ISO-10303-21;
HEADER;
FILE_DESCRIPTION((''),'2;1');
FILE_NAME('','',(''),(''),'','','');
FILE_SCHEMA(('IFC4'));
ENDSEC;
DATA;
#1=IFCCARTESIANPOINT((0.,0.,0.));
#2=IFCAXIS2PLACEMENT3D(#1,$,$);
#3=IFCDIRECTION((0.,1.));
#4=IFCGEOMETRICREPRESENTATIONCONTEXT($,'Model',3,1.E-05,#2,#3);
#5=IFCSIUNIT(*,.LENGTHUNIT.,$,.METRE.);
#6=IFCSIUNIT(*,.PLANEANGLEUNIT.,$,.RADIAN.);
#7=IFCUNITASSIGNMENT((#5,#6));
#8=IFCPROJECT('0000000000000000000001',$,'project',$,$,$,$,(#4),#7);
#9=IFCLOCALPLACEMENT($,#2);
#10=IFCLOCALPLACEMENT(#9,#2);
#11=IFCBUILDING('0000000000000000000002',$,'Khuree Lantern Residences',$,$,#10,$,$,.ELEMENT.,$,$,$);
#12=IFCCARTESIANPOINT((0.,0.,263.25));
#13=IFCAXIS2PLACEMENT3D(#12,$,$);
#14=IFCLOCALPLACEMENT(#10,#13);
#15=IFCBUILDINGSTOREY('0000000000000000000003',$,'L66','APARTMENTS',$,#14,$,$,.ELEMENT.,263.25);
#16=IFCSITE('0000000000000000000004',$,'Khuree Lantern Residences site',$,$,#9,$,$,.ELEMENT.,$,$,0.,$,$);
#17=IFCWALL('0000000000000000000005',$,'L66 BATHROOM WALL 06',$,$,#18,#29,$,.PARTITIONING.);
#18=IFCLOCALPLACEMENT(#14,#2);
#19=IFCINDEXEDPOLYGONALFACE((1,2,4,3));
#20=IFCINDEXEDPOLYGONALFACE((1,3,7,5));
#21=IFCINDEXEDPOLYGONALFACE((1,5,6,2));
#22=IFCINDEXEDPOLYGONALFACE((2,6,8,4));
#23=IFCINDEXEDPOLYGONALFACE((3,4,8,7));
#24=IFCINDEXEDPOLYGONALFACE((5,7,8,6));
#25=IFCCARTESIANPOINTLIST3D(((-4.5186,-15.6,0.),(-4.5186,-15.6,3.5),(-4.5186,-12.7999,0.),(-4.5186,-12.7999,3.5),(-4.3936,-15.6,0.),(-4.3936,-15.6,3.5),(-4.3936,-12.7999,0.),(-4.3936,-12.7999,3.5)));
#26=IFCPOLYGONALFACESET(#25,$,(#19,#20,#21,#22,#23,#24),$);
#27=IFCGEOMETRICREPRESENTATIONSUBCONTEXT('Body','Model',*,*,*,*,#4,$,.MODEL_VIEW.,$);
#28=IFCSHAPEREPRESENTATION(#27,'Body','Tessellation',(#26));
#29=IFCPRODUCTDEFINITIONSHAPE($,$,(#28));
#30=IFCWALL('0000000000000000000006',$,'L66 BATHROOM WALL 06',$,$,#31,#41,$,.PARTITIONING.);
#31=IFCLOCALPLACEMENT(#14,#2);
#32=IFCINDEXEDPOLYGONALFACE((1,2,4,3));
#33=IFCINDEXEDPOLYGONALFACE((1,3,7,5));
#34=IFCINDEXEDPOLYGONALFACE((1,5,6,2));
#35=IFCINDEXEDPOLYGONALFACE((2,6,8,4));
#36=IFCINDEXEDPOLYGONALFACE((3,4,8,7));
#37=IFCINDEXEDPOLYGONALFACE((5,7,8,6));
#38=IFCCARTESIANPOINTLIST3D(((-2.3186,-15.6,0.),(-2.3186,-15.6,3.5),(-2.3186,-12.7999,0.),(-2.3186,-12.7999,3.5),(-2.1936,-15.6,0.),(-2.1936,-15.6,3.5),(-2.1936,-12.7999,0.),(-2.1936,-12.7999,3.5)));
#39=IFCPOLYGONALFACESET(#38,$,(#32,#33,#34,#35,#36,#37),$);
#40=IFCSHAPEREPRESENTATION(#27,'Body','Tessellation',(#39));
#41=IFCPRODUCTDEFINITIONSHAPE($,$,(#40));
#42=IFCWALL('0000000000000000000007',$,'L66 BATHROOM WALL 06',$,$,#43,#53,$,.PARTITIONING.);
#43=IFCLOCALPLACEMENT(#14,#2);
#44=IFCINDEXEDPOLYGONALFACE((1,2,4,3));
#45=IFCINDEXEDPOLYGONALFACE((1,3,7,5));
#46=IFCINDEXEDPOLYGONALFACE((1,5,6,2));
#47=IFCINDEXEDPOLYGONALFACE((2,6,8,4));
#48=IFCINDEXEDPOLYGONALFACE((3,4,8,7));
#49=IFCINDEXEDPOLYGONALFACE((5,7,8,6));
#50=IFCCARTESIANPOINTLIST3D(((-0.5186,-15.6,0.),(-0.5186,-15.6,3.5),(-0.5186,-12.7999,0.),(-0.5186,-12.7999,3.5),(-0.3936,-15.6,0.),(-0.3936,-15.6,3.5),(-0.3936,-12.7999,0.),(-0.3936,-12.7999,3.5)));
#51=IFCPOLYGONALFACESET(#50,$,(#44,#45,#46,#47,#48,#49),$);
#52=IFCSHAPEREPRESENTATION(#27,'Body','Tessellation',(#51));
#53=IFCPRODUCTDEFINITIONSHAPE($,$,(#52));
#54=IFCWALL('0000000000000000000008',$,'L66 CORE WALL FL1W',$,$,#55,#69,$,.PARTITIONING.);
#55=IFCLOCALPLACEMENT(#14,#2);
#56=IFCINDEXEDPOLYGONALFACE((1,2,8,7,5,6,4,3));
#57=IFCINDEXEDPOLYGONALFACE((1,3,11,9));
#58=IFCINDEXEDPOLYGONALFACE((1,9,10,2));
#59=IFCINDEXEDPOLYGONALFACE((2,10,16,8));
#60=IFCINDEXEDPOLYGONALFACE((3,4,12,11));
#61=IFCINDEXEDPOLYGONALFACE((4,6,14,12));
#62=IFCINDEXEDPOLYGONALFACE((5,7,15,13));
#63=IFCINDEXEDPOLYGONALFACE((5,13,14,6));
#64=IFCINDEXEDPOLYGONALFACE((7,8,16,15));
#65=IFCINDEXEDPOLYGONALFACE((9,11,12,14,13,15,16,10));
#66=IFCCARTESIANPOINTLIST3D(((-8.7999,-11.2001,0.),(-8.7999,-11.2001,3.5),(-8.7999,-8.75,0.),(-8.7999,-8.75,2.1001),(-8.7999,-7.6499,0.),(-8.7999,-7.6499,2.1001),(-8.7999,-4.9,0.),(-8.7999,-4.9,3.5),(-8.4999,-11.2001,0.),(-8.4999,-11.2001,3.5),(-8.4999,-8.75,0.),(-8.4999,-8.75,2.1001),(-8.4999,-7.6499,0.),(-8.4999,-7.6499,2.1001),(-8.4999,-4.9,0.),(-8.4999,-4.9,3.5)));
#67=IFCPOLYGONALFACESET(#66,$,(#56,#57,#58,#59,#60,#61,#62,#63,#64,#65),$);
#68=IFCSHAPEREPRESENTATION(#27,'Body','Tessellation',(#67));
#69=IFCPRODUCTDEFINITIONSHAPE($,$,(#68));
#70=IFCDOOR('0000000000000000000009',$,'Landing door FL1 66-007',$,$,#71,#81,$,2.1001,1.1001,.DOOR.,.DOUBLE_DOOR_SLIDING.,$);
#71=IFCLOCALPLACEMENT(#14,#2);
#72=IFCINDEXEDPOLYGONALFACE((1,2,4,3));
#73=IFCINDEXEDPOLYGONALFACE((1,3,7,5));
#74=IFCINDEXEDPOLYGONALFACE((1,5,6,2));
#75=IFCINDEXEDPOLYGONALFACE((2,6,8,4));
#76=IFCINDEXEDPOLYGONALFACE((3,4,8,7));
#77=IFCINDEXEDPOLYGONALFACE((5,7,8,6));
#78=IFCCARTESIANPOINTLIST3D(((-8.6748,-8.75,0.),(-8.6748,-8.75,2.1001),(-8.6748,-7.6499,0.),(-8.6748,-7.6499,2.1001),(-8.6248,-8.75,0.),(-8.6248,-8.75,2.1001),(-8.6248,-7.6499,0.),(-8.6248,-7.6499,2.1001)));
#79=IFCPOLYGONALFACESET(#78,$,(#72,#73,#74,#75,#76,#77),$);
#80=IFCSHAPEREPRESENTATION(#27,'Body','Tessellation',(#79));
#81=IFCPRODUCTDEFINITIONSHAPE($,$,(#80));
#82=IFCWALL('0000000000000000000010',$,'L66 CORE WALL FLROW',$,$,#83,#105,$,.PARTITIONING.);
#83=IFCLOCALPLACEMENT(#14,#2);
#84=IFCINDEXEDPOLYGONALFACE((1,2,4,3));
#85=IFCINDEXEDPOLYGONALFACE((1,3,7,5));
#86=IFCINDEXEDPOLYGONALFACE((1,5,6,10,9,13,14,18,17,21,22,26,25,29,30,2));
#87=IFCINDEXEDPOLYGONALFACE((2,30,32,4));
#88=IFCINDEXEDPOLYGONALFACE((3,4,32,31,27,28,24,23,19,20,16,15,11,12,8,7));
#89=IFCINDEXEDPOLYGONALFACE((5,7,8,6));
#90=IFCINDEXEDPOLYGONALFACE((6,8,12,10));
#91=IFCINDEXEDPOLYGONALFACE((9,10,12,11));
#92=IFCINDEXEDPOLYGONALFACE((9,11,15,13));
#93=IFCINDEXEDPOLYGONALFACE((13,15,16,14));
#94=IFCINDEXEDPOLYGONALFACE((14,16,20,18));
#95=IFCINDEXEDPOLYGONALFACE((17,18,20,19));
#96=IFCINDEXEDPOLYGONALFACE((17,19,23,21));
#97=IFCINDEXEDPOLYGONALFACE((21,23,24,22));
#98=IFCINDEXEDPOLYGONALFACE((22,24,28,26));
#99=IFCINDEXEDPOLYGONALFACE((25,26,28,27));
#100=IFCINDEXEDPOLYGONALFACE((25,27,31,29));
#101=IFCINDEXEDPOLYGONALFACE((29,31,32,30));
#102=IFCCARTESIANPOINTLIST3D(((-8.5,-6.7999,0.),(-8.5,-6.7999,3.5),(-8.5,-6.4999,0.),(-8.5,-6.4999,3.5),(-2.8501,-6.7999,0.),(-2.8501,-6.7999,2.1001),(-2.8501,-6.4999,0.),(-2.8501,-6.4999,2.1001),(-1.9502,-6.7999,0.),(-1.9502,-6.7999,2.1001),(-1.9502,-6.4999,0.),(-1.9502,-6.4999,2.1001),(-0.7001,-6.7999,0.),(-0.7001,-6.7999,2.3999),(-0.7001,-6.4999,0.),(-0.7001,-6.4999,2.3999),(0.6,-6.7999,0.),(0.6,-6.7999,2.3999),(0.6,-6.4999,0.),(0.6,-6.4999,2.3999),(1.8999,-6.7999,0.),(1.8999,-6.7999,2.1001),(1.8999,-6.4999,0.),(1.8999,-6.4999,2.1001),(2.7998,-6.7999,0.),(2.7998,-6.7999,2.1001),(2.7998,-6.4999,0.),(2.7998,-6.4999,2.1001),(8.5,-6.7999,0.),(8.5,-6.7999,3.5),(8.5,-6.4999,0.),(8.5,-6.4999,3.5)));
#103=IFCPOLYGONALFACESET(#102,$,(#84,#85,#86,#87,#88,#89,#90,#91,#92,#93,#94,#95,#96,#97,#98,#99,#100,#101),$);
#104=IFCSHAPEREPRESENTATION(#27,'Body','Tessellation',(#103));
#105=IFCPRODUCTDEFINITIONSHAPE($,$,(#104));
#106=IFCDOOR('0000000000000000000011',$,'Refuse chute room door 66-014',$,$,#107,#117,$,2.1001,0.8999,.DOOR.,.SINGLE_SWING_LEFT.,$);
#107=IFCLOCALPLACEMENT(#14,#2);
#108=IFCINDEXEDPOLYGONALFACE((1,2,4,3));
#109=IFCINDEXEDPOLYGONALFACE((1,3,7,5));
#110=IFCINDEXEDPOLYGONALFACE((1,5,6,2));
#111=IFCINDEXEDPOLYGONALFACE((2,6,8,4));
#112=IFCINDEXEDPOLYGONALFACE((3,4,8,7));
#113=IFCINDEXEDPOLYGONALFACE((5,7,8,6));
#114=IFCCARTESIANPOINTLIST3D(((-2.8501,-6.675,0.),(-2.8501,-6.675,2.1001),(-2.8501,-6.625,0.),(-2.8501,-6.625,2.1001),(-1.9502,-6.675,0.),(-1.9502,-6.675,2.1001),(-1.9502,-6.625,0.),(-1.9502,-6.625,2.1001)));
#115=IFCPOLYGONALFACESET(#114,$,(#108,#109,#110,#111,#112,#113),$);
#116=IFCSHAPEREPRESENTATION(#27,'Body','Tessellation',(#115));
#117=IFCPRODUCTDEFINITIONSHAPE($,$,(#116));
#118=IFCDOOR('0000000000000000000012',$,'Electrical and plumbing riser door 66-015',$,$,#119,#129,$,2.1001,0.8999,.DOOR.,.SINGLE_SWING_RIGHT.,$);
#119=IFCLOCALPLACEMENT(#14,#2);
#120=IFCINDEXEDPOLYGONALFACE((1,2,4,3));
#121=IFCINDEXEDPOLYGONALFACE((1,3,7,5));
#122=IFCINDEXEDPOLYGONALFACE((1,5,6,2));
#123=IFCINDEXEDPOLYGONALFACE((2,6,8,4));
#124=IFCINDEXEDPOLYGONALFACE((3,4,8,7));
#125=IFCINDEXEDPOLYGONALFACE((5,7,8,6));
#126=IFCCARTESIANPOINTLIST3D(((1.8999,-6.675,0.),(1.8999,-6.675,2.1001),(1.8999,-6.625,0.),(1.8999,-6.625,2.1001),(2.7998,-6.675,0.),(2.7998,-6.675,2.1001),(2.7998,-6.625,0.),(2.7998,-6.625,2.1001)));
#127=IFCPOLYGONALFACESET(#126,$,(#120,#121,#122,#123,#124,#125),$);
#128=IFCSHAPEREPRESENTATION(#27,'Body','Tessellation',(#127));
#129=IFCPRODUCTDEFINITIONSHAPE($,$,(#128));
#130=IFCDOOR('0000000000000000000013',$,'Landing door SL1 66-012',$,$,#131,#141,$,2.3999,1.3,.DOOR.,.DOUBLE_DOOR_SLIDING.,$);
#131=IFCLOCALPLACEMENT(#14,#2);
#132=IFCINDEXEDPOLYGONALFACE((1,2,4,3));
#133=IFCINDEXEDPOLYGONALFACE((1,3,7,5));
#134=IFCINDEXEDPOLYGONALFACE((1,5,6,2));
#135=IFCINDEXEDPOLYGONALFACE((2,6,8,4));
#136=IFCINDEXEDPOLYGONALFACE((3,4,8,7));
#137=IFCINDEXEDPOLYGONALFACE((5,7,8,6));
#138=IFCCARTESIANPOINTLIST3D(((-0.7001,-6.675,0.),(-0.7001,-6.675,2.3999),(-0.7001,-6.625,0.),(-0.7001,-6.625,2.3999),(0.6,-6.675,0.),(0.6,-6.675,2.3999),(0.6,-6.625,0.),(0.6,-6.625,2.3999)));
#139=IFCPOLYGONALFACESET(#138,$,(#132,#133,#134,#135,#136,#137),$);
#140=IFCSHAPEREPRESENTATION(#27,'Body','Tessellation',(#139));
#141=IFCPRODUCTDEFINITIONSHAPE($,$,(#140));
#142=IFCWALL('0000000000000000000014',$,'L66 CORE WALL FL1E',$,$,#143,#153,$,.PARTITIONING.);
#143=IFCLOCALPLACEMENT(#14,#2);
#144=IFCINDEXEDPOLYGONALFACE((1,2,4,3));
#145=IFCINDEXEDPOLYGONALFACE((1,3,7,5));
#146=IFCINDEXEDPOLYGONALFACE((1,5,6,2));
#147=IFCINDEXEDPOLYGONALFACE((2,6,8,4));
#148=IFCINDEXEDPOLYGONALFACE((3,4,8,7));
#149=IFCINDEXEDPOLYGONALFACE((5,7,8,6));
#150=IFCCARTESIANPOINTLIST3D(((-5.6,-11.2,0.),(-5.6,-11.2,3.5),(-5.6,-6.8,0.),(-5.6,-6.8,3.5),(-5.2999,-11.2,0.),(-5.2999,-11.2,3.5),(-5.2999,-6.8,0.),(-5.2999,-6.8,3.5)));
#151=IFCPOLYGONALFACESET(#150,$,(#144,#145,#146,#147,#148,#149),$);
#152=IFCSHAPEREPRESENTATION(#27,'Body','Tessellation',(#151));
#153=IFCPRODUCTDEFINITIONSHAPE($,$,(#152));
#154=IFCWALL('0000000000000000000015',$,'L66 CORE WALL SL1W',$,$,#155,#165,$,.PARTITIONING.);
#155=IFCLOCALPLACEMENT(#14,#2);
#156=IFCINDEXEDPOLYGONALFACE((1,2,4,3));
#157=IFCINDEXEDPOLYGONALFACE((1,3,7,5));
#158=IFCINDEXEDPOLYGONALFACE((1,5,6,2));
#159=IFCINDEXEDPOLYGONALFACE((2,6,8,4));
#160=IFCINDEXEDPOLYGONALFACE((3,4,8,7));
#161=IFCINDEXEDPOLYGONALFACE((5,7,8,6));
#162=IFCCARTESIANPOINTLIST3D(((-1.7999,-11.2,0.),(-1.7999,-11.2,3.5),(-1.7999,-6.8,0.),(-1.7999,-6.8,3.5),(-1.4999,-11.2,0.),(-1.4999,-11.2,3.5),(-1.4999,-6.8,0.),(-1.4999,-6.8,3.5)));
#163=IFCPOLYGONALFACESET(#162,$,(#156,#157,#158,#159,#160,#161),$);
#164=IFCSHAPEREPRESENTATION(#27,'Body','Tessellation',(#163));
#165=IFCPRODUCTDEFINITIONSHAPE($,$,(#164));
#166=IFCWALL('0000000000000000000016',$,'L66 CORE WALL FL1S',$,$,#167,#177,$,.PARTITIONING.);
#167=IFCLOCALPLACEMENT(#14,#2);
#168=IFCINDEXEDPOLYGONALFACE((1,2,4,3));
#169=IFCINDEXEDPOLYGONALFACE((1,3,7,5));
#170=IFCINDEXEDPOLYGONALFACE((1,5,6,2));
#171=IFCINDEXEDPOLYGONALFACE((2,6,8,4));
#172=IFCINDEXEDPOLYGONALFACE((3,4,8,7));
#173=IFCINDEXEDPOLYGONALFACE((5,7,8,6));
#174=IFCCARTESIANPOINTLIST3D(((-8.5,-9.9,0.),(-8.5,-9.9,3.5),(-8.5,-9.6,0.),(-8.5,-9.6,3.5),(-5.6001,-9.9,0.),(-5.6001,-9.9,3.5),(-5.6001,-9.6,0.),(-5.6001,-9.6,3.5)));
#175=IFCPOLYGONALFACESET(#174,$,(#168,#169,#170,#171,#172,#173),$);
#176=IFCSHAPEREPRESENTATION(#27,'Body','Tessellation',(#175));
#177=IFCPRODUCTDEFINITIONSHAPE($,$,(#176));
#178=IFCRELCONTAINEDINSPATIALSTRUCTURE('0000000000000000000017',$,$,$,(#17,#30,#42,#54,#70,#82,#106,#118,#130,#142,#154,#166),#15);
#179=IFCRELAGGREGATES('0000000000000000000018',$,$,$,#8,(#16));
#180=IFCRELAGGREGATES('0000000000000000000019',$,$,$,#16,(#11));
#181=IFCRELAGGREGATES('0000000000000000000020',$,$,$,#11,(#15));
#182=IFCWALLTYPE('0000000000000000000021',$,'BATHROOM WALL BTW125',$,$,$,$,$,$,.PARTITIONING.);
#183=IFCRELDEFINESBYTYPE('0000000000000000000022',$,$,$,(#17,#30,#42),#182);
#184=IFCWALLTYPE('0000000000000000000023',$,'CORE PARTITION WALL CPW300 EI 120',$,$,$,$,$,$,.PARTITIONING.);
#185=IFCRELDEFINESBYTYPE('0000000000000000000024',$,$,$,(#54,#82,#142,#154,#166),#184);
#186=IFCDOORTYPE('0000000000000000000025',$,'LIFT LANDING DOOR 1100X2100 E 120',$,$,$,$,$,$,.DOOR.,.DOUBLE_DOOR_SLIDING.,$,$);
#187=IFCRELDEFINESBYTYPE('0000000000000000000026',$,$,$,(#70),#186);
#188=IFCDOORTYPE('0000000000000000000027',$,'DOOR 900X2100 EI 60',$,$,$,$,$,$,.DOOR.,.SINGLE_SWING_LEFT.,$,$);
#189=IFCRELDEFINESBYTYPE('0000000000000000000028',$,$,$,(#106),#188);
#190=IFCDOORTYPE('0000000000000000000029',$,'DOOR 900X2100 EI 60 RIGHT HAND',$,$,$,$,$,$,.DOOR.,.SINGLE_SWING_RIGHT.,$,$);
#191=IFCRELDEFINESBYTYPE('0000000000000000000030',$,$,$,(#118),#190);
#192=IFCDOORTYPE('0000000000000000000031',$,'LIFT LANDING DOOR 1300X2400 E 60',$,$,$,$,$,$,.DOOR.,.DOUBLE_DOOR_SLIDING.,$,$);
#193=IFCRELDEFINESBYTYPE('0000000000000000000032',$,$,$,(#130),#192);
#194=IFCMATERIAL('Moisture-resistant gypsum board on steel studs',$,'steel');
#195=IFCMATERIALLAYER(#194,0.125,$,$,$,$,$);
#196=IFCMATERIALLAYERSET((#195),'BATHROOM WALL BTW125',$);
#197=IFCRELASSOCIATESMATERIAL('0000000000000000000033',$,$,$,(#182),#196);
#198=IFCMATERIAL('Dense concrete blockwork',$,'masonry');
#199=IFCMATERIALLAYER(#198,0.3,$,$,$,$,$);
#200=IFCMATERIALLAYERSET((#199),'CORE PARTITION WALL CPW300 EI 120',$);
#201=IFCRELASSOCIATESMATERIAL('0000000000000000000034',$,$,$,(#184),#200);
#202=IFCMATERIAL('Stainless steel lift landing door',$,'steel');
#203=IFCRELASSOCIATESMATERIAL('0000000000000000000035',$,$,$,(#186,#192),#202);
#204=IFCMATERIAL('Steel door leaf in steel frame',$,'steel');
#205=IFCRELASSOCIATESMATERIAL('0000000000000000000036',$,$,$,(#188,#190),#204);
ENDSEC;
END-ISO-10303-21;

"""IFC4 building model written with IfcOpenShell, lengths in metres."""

from ifc_helpers import new_model, si_unit, direction, frame, frame_2d, origin, place, context, subcontext, project, spatial, rectangle, extrude, material, layer, layer_set, type_object, element, fill, save


model = new_model("IFC4")

# Units and contexts
model_context = context("Model", 3, precision=1e-05, world=origin(), true_north=direction((0.0, 1.0)))
body_context = subcontext(model_context, "Body", "Model", "MODEL_VIEW")
ifc_project = project(units=[si_unit("LENGTHUNIT", "METRE"), si_unit("PLANEANGLEUNIT", "RADIAN")], contexts=[model_context])

# Site, building, storey
site_placement = place(None, origin())
site = spatial("IfcSite", under=ifc_project, at=site_placement, Name="Khuree Lantern Residences site", CompositionType="ELEMENT", RefElevation=0.0)
building_placement = place(site_placement, origin())
building = spatial("IfcBuilding", under=site, at=building_placement, Name="Khuree Lantern Residences", CompositionType="ELEMENT")
storey_placement = place(building_placement, frame((0.0, 0.0, 263.25)))
storey = spatial("IfcBuildingStorey", under=building, at=storey_placement, Name="L66", Description="APARTMENTS", CompositionType="ELEMENT", Elevation=263.25)

# Walls
ifc_material_1 = material(Name="Moisture-resistant gypsum board on steel studs", Category="steel")
ifc_layer_1 = layer(ifc_material_1, 0.125)
ifc_layer_set_1 = layer_set([ifc_layer_1], Name="BATHROOM WALL BTW125")
wall_type_1 = type_object("IfcWallType", Name="BATHROOM WALL BTW125", PredefinedType="PARTITIONING", material=ifc_layer_set_1)
for number, where, z_axis, x_axis, name in (
    (1, (-4.4561, -12.8, 0.0), (0.0, 0.0, 1.0), (0.0, -1.0, 0.0), "L66 BATHROOM WALL 06"),
    (2, (-2.2561, -12.8, 0.0), (0.0, 0.0, 1.0), (0.0, -1.0, 0.0), "L66 BATHROOM WALL 06"),
    (3, (-0.4561, -12.8, 0.0), (0.0, 0.0, 1.0), (0.0, -1.0, 0.0), "L66 BATHROOM WALL 06"),
):
    element("IfcWall", number, at=place(storey_placement, frame(where, z_axis=z_axis, x_axis=x_axis)), inside=storey, type_object=wall_type_1, Name=name, PredefinedType="PARTITIONING", context=body_context, shape_type="SweptSolid", body=[
        extrude(rectangle(XDim=2.8, YDim=0.125, at=frame_2d((1.3999, 0.0))), origin(), (0.0, 0.0, 1.0), 3.5),
    ])

# Wall, opening, door
ifc_material_2 = material(Name="Dense concrete blockwork", Category="masonry")
ifc_layer_2 = layer(ifc_material_2, 0.3)
ifc_layer_set_2 = layer_set([ifc_layer_2], Name="CORE PARTITION WALL CPW300 EI 120")
wall_type_2 = type_object("IfcWallType", Name="CORE PARTITION WALL CPW300 EI 120", PredefinedType="PARTITIONING", material=ifc_layer_set_2)
wall_1_placement = place(storey_placement, frame((-8.6499, -11.2, 0.0), z_axis=(0.0, 0.0, 1.0), x_axis=(0.0, 1.0, 0.0)))
wall_1 = element("IfcWall", 4, at=wall_1_placement, inside=storey, type_object=wall_type_2, Name="L66 CORE WALL FL1W", PredefinedType="PARTITIONING", context=body_context, shape_type="SweptSolid", body=[
    extrude(rectangle(XDim=6.3, YDim=0.3, at=frame_2d((3.1499, 0.0))), origin(), (0.0, 0.0, 1.0), 3.5),
])
opening_1_placement = place(wall_1_placement, frame((2.45, 0.0, 0.0)))
opening_1 = element("IfcOpeningElement", 5, at=opening_1_placement, cuts=wall_1, PredefinedType="OPENING", context=body_context, shape_type="SweptSolid", body=[
    extrude(rectangle(XDim=1.1001, YDim=2.1001, at=frame_2d((0.55, 1.05))), frame((0.0, 0.1602, 0.0), z_axis=(0.0, -1.0, 0.0), x_axis=(1.0, 0.0, 0.0)), (0.0, 0.0, 1.0), 0.3201),
])
ifc_material_3 = material(Name="Stainless steel lift landing door", Category="steel")
door_type_1 = type_object("IfcDoorType", Name="LIFT LANDING DOOR 1100X2100 E 120", OperationType="DOUBLE_DOOR_SLIDING", PredefinedType="DOOR", material=ifc_material_3)
door_1_placement = place(opening_1_placement, origin())
door_1 = element("IfcDoor", 6, at=door_1_placement, inside=storey, type_object=door_type_1, Name="Landing door FL1 66-007", OperationType="DOUBLE_DOOR_SLIDING", OverallHeight=2.1001, OverallWidth=1.1001, PredefinedType="DOOR", context=body_context, shape_type="SweptSolid", body=[
    extrude(rectangle(XDim=1.1001, YDim=2.1001, at=frame_2d((0.55, 1.05))), frame((0.0, 0.0249, 0.0), z_axis=(0.0, -1.0, 0.0), x_axis=(1.0, 0.0, 0.0)), (0.0, 0.0, 1.0), 0.05),
])
fill(opening_1, door_1)

# Wall, openings, doors
wall_2_placement = place(storey_placement, frame((-8.5, -6.6499, 0.0), z_axis=(0.0, 0.0, 1.0), x_axis=(1.0, 0.0, 0.0)))
wall_2 = element("IfcWall", 7, at=wall_2_placement, inside=storey, type_object=wall_type_2, Name="L66 CORE WALL FLROW", PredefinedType="PARTITIONING", context=body_context, shape_type="SweptSolid", body=[
    extrude(rectangle(XDim=17.0, YDim=0.3, at=frame_2d((8.5, 0.0))), origin(), (0.0, 0.0, 1.0), 3.5),
])
opening_2_placement = place(wall_2_placement, frame((7.8, 0.0, 0.0)))
opening_2 = element("IfcOpeningElement", 8, at=opening_2_placement, cuts=wall_2, PredefinedType="OPENING", context=body_context, shape_type="SweptSolid", body=[
    extrude(rectangle(XDim=1.3, YDim=2.3999, at=frame_2d((0.6499, 1.2))), frame((0.0, 0.1602, 0.0), z_axis=(0.0, -1.0, 0.0), x_axis=(1.0, 0.0, 0.0)), (0.0, 0.0, 1.0), 0.3201),
])
opening_3_placement = place(wall_2_placement, frame((5.6499, 0.0, 0.0)))
opening_3 = element("IfcOpeningElement", 9, at=opening_3_placement, cuts=wall_2, PredefinedType="OPENING", context=body_context, shape_type="SweptSolid", body=[
    extrude(rectangle(XDim=0.8999, YDim=2.1001, at=frame_2d((0.45, 1.05))), frame((0.0, 0.1602, 0.0), z_axis=(0.0, -1.0, 0.0), x_axis=(1.0, 0.0, 0.0)), (0.0, 0.0, 1.0), 0.3201),
])
opening_4_placement = place(wall_2_placement, frame((10.3999, 0.0, 0.0)))
opening_4 = element("IfcOpeningElement", 10, at=opening_4_placement, cuts=wall_2, PredefinedType="OPENING", context=body_context, shape_type="SweptSolid", body=[
    extrude(rectangle(XDim=0.8999, YDim=2.1001, at=frame_2d((0.45, 1.05))), frame((0.0, 0.1602, 0.0), z_axis=(0.0, -1.0, 0.0), x_axis=(1.0, 0.0, 0.0)), (0.0, 0.0, 1.0), 0.3201),
])
ifc_material_4 = material(Name="Steel door leaf in steel frame", Category="steel")
door_type_2 = type_object("IfcDoorType", Name="DOOR 900X2100 EI 60", OperationType="SINGLE_SWING_LEFT", PredefinedType="DOOR", material=ifc_material_4)
door_2_placement = place(opening_3_placement, origin())
door_2 = element("IfcDoor", 11, at=door_2_placement, inside=storey, type_object=door_type_2, Name="Refuse chute room door 66-014", OperationType="SINGLE_SWING_LEFT", OverallHeight=2.1001, OverallWidth=0.8999, PredefinedType="DOOR", context=body_context, shape_type="SweptSolid", body=[
    extrude(rectangle(XDim=0.8999, YDim=2.1001, at=frame_2d((0.45, 1.05))), frame((0.0, 0.0249, 0.0), z_axis=(0.0, -1.0, 0.0), x_axis=(1.0, 0.0, 0.0)), (0.0, 0.0, 1.0), 0.05),
])
fill(opening_3, door_2)
door_type_3 = type_object("IfcDoorType", Name="DOOR 900X2100 EI 60 RIGHT HAND", OperationType="SINGLE_SWING_RIGHT", PredefinedType="DOOR", material=ifc_material_4)
door_3_placement = place(opening_4_placement, origin())
door_3 = element("IfcDoor", 12, at=door_3_placement, inside=storey, type_object=door_type_3, Name="Electrical and plumbing riser door 66-015", OperationType="SINGLE_SWING_RIGHT", OverallHeight=2.1001, OverallWidth=0.8999, PredefinedType="DOOR", context=body_context, shape_type="SweptSolid", body=[
    extrude(rectangle(XDim=0.8999, YDim=2.1001, at=frame_2d((0.45, 1.05))), frame((0.0, 0.0249, 0.0), z_axis=(0.0, -1.0, 0.0), x_axis=(1.0, 0.0, 0.0)), (0.0, 0.0, 1.0), 0.05),
])
fill(opening_4, door_3)
door_type_4 = type_object("IfcDoorType", Name="LIFT LANDING DOOR 1300X2400 E 60", OperationType="DOUBLE_DOOR_SLIDING", PredefinedType="DOOR", material=ifc_material_3)
door_4_placement = place(opening_2_placement, origin())
door_4 = element("IfcDoor", 13, at=door_4_placement, inside=storey, type_object=door_type_4, Name="Landing door SL1 66-012", OperationType="DOUBLE_DOOR_SLIDING", OverallHeight=2.3999, OverallWidth=1.3, PredefinedType="DOOR", context=body_context, shape_type="SweptSolid", body=[
    extrude(rectangle(XDim=1.3, YDim=2.3999, at=frame_2d((0.6499, 1.2))), frame((0.0, 0.0249, 0.0), z_axis=(0.0, -1.0, 0.0), x_axis=(1.0, 0.0, 0.0)), (0.0, 0.0, 1.0), 0.05),
])
fill(opening_2, door_4)

# Walls
for number, where, z_axis, x_axis, name in (
    (14, (-5.45, -11.2, 0.0), (0.0, 0.0, 1.0), (0.0, 1.0, 0.0), "L66 CORE WALL FL1E"),
    (15, (-1.6499, -11.2, 0.0), (0.0, 0.0, 1.0), (0.0, 1.0, 0.0), "L66 CORE WALL SL1W"),
):
    element("IfcWall", number, at=place(storey_placement, frame(where, z_axis=z_axis, x_axis=x_axis)), inside=storey, type_object=wall_type_2, Name=name, PredefinedType="PARTITIONING", context=body_context, shape_type="SweptSolid", body=[
        extrude(rectangle(XDim=4.3999, YDim=0.3, at=frame_2d((2.2, 0.0))), origin(), (0.0, 0.0, 1.0), 3.5),
    ])
for number, where, z_axis, x_axis, name in (
    (16, (-8.5, -9.75, 0.0), (0.0, 0.0, 1.0), (1.0, 0.0, 0.0), "L66 CORE WALL FL1S"),
):
    element("IfcWall", number, at=place(storey_placement, frame(where, z_axis=z_axis, x_axis=x_axis)), inside=storey, type_object=wall_type_2, Name=name, PredefinedType="PARTITIONING", context=body_context, shape_type="SweptSolid", body=[
        extrude(rectangle(XDim=2.8999, YDim=0.3, at=frame_2d((1.45, 0.0))), origin(), (0.0, 0.0, 1.0), 3.5),
    ])

save(model, "model.ifc")
